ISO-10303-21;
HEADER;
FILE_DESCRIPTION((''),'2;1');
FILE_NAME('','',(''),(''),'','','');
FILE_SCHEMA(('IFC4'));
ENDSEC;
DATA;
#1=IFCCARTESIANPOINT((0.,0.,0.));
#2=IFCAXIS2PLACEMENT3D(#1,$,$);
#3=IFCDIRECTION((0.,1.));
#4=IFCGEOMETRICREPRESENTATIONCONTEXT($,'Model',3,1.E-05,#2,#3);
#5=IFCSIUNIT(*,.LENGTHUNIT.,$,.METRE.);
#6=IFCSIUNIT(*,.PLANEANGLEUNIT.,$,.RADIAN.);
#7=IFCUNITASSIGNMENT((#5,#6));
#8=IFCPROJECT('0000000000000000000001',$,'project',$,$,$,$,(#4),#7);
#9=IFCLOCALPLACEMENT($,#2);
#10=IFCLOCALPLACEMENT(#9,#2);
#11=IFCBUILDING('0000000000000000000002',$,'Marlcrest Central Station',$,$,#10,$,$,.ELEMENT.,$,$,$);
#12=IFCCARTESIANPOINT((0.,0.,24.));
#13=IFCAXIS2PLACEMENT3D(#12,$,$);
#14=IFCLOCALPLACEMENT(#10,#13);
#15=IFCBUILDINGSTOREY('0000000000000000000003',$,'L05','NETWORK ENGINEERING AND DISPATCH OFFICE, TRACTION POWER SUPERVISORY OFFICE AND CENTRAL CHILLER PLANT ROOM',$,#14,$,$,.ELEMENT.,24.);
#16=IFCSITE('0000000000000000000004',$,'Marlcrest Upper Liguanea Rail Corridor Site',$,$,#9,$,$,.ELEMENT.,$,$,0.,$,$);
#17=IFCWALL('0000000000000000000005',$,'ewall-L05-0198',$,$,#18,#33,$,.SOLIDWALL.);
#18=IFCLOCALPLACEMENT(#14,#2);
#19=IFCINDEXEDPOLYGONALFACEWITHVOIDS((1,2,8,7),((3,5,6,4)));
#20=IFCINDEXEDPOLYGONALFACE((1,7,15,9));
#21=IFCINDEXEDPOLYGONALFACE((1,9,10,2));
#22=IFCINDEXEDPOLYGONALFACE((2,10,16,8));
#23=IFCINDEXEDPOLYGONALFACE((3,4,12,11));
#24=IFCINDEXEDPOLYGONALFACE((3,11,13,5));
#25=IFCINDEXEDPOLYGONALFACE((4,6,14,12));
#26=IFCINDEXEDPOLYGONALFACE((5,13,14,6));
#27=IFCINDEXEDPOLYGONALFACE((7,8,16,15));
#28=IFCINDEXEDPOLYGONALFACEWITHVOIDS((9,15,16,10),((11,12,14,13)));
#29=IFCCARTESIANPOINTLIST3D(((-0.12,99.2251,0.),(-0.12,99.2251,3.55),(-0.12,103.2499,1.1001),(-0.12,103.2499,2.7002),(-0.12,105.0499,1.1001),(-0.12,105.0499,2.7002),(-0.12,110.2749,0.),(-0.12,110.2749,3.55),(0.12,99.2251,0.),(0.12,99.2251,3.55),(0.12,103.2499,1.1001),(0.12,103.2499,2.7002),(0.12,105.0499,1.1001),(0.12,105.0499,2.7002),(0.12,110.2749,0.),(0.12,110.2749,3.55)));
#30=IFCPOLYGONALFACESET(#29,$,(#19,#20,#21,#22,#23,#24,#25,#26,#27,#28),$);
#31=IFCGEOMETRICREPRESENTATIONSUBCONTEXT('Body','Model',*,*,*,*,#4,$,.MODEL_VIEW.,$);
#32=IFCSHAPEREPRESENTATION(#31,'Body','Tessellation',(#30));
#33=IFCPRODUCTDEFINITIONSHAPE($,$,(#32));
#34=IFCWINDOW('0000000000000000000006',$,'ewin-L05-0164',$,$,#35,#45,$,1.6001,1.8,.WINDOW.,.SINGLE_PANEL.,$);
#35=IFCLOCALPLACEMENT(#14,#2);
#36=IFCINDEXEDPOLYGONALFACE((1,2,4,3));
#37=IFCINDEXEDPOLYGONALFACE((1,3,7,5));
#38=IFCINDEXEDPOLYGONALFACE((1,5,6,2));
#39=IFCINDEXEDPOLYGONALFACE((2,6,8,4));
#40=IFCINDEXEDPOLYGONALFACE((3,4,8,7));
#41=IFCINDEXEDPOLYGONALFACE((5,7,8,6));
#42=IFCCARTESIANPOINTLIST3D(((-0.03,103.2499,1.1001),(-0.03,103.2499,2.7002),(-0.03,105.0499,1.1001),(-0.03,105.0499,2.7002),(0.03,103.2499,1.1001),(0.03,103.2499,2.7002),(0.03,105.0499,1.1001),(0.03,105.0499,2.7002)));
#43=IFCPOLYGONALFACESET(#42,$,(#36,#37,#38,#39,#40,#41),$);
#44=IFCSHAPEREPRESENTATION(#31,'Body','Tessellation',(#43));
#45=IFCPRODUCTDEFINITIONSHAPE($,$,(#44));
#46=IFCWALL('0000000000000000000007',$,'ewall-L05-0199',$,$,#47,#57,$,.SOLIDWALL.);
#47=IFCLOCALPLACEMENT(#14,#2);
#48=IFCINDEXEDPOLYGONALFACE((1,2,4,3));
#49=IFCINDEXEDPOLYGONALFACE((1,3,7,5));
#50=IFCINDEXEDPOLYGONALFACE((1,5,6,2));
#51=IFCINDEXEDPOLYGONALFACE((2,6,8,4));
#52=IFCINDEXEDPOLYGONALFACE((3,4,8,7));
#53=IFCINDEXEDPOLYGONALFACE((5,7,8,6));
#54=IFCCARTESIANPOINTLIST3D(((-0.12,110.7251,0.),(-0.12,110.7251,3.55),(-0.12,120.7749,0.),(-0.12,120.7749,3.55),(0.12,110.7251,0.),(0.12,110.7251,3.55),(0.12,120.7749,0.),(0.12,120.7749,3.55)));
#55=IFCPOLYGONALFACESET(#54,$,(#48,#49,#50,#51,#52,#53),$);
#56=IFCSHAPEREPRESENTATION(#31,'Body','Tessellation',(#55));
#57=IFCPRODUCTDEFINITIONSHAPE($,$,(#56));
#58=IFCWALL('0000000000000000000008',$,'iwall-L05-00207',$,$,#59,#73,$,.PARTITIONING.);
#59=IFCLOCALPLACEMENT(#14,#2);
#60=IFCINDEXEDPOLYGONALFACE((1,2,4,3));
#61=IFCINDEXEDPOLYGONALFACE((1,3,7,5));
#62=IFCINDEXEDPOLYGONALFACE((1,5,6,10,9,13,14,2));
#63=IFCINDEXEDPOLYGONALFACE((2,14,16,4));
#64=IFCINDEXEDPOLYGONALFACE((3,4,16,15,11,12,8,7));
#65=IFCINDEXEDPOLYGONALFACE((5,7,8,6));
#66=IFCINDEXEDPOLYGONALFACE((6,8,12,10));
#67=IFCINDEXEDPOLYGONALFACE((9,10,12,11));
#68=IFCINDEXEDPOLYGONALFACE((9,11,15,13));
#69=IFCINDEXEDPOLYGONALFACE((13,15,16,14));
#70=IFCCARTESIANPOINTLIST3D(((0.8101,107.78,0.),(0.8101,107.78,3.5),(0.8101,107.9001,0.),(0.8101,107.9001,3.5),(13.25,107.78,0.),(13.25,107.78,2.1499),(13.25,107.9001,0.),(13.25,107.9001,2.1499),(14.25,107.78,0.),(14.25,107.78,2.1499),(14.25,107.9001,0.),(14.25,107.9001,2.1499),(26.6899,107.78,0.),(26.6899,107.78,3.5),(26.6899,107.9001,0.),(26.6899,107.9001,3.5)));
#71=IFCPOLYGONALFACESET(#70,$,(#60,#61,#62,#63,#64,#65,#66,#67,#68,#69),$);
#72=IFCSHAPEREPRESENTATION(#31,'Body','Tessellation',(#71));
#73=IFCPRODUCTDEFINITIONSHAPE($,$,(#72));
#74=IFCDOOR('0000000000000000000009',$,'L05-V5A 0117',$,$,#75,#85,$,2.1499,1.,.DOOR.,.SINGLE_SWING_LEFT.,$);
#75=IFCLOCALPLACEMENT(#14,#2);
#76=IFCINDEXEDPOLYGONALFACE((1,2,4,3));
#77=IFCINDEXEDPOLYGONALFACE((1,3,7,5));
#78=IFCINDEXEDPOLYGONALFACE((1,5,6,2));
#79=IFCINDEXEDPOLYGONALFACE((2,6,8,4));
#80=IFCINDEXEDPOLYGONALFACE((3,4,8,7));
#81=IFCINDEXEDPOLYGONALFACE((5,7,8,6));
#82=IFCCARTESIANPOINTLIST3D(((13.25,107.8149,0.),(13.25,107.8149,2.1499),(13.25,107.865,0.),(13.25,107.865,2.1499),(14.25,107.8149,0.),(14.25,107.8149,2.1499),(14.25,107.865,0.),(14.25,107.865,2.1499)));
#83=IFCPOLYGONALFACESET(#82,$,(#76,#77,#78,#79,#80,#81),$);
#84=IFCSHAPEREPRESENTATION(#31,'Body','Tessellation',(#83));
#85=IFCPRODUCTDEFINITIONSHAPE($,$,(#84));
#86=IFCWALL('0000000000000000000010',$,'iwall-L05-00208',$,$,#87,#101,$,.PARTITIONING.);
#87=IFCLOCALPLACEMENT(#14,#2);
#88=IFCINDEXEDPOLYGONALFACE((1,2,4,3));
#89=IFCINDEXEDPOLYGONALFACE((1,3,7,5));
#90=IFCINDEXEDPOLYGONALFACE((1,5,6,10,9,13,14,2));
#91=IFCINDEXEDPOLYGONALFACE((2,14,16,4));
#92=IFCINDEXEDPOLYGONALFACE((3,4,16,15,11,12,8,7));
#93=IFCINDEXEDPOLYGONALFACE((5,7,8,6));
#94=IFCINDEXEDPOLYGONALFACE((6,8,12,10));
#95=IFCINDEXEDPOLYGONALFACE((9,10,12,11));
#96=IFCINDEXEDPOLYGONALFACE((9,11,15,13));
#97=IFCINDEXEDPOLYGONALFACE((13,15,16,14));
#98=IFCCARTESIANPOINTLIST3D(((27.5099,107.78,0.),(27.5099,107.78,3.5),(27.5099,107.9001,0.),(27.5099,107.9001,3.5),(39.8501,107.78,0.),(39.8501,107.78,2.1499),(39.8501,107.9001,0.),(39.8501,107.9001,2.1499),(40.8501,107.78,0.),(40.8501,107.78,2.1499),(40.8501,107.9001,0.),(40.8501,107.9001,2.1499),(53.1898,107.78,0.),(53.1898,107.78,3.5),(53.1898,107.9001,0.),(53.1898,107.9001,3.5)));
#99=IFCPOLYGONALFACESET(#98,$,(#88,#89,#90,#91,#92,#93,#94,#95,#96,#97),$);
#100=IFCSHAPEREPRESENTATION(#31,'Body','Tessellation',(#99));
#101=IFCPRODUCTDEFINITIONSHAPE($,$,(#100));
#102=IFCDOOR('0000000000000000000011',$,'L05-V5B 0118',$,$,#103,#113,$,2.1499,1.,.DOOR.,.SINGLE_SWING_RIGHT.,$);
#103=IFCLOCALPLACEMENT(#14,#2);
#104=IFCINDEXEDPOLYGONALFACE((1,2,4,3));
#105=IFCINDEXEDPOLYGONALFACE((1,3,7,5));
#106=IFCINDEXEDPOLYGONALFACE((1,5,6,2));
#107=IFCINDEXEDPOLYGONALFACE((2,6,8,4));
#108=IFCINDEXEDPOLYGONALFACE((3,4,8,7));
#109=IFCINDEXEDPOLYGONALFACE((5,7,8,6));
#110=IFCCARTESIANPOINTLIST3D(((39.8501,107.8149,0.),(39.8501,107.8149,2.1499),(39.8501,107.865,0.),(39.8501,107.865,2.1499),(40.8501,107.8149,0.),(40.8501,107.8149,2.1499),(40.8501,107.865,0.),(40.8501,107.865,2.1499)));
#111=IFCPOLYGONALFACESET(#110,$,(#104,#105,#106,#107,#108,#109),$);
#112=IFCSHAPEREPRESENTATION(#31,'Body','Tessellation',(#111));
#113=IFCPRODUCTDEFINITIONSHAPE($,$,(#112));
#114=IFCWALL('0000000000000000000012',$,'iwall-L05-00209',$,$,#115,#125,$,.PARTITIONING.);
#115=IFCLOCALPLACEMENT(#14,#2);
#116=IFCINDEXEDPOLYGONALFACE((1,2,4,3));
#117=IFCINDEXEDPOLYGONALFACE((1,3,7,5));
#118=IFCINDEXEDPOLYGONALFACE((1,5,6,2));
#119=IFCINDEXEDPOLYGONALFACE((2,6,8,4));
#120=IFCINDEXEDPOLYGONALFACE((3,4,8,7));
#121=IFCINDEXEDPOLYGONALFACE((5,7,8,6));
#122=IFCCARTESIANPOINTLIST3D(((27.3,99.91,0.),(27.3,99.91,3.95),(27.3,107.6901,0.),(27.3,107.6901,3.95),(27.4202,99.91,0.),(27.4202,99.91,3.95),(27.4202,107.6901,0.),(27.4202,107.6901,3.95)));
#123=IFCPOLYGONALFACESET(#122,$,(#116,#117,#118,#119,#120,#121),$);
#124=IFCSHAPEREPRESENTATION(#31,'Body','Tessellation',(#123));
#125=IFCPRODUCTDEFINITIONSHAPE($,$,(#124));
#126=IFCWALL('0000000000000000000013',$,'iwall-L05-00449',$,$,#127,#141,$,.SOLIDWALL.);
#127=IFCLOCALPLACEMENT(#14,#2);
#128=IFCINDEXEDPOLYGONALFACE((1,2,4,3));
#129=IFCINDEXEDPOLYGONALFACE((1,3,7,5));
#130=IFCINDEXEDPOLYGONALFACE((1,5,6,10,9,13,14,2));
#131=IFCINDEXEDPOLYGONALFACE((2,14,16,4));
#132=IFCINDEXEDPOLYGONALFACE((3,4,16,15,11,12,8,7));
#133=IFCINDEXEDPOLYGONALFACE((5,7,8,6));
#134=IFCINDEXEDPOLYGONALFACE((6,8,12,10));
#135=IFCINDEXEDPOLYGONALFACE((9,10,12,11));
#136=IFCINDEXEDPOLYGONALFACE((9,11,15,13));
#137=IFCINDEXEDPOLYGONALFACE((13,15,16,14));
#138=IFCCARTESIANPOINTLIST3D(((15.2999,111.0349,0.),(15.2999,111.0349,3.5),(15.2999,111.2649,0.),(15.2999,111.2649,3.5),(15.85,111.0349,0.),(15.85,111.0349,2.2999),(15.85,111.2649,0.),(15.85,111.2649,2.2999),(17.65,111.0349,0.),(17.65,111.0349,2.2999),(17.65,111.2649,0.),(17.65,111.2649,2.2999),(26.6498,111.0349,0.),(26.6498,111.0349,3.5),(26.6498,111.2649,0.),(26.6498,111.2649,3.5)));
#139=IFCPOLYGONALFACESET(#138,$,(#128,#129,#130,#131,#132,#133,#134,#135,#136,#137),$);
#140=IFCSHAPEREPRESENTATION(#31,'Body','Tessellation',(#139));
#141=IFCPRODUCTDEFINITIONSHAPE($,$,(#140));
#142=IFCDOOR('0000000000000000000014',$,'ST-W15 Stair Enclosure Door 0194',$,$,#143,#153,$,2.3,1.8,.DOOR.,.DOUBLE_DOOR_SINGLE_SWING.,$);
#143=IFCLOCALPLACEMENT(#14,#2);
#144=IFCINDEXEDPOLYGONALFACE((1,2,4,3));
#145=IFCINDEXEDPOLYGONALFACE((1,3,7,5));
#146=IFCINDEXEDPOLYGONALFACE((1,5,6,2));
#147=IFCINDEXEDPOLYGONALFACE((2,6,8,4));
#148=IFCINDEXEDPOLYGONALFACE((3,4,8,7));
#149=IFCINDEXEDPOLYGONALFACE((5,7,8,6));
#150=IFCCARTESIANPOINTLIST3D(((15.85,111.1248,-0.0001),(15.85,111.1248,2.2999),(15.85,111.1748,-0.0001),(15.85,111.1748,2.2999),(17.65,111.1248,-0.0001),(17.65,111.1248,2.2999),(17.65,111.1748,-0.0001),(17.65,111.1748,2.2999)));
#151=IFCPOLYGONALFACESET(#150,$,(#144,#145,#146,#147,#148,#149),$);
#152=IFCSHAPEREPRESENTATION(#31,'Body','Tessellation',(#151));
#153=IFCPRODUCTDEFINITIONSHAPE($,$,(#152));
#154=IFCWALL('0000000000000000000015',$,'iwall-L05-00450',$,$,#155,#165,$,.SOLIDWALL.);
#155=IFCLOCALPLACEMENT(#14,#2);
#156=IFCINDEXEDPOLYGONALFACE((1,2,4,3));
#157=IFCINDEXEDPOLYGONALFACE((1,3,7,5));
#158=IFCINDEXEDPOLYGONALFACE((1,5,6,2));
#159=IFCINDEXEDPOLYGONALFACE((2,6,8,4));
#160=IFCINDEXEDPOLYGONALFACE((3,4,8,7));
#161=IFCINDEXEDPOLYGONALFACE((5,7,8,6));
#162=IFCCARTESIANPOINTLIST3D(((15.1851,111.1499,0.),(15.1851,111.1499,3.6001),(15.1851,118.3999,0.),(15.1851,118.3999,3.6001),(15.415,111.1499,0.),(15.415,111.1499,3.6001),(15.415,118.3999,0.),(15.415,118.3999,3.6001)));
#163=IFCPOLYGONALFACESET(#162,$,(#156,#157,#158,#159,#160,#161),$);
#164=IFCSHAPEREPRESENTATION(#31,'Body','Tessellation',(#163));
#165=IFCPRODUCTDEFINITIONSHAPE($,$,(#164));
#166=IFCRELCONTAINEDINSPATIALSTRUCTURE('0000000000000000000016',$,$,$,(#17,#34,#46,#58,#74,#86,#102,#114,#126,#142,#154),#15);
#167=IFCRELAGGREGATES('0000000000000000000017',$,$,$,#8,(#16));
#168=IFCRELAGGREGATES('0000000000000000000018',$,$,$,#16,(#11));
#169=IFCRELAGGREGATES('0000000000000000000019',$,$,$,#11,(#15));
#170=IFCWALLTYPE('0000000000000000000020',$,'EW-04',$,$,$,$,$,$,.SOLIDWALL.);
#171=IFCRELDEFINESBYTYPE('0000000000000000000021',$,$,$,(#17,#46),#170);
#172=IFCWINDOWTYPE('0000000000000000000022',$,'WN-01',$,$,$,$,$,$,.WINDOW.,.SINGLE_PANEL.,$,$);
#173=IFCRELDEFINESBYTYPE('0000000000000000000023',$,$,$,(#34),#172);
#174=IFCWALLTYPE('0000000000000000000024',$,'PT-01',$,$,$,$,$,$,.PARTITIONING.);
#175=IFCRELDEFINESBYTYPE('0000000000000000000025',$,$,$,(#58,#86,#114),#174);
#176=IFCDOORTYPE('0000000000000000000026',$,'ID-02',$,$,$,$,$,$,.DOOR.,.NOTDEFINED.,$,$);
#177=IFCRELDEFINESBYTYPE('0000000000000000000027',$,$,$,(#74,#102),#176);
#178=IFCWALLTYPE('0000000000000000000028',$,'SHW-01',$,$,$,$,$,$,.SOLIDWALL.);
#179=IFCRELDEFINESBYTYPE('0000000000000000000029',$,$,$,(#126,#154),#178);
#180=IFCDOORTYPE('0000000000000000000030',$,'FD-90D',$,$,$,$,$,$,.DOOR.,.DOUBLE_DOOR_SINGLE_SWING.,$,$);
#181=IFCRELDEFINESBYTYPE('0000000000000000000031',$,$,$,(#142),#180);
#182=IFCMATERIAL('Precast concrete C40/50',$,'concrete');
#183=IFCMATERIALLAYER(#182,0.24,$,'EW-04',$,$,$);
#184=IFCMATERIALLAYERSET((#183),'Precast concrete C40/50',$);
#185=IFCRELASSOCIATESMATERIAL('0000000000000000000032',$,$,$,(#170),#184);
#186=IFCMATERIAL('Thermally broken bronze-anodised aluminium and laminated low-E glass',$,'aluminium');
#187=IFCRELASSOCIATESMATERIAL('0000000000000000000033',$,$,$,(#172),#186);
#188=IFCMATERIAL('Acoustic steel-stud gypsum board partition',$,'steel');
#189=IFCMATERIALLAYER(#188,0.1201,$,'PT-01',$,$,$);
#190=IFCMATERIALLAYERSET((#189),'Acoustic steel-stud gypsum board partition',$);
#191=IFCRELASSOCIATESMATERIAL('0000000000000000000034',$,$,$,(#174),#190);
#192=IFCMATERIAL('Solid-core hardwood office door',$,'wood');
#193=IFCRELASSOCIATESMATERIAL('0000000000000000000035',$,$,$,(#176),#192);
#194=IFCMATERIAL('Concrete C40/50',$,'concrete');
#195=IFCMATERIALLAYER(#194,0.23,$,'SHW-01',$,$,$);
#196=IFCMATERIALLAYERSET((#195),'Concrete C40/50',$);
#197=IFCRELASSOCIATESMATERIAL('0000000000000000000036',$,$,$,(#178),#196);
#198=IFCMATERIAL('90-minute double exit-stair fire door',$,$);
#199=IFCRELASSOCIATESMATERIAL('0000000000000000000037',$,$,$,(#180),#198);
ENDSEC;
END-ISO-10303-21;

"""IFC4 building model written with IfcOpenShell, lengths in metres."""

from ifc_helpers import new_model, si_unit, direction, frame, frame_2d, origin, place, context, subcontext, project, spatial, rectangle, extrude, material, layer, layer_set, type_object, element, fill, save


model = new_model("IFC4")

# Units and contexts
model_context = context("Model", 3, precision=1e-05, world=origin(), true_north=direction((0.0, 1.0)))
body_context = subcontext(model_context, "Body", "Model", "MODEL_VIEW")
ifc_project = project(units=[si_unit("LENGTHUNIT", "METRE"), si_unit("PLANEANGLEUNIT", "RADIAN")], contexts=[model_context])

# Site, building, storey
site_placement = place(None, origin())
site = spatial("IfcSite", under=ifc_project, at=site_placement, Name="Marlcrest Upper Liguanea Rail Corridor Site", CompositionType="ELEMENT", RefElevation=0.0)
building_placement = place(site_placement, origin())
building = spatial("IfcBuilding", under=site, at=building_placement, Name="Marlcrest Central Station", CompositionType="ELEMENT")
storey_placement = place(building_placement, frame((0.0, 0.0, 24.0)))
storey = spatial("IfcBuildingStorey", under=building, at=storey_placement, Name="L05", Description="NETWORK ENGINEERING AND DISPATCH OFFICE, TRACTION POWER SUPERVISORY OFFICE AND CENTRAL CHILLER PLANT ROOM", CompositionType="ELEMENT", Elevation=24.0)

# Shared definitions
ifc_material_1 = material(Name="Concrete C40/50", Category="concrete")

# Wall, opening, window
ifc_material_2 = material(Name="Precast concrete C40/50", Category="concrete")
ifc_layer_1 = layer(ifc_material_2, 0.24, Name="EW-04")
ifc_layer_set_1 = layer_set([ifc_layer_1], Name="Precast concrete C40/50")
wall_type_1 = type_object("IfcWallType", Name="EW-04", PredefinedType="SOLIDWALL", material=ifc_layer_set_1)
wall_1_placement = place(storey_placement, frame((0.0, 99.2251, 0.0), z_axis=(0.0, 0.0, 1.0), x_axis=(0.0, 1.0, 0.0)))
wall_1 = element("IfcWall", 1, at=wall_1_placement, inside=storey, type_object=wall_type_1, Name="ewall-L05-0198", PredefinedType="SOLIDWALL", context=body_context, shape_type="SweptSolid", body=[
    extrude(rectangle(XDim=11.0498, YDim=0.24, at=frame_2d((5.5249, 0.0))), origin(), (0.0, 0.0, 1.0), 3.55),
])
opening_1_placement = place(wall_1_placement, frame((4.0249, 0.0, 1.1001)))
opening_1 = element("IfcOpeningElement", 2, at=opening_1_placement, cuts=wall_1, PredefinedType="OPENING", context=body_context, shape_type="SweptSolid", body=[
    extrude(rectangle(XDim=1.8, YDim=1.6001, at=frame_2d((0.8999, 0.8))), frame((0.0, 0.1299, 0.0), z_axis=(0.0, -1.0, 0.0), x_axis=(1.0, 0.0, 0.0)), (0.0, 0.0, 1.0), 0.26),
])
ifc_material_3 = material(Name="Thermally broken bronze-anodised aluminium and laminated low-E glass", Category="aluminium")
window_type = type_object("IfcWindowType", Name="WN-01", PartitioningType="SINGLE_PANEL", PredefinedType="WINDOW", material=ifc_material_3)
window_placement = place(opening_1_placement, origin())
window = element("IfcWindow", 3, at=window_placement, inside=storey, type_object=window_type, Name="ewin-L05-0164", OverallHeight=1.6001, OverallWidth=1.8, PartitioningType="SINGLE_PANEL", PredefinedType="WINDOW", context=body_context, shape_type="SweptSolid", body=[
    extrude(rectangle(XDim=1.8, YDim=1.6001, at=frame_2d((0.8999, 0.8))), frame((0.0, 0.03, 0.0), z_axis=(0.0, -1.0, 0.0), x_axis=(1.0, 0.0, 0.0)), (0.0, 0.0, 1.0), 0.0601),
])
fill(opening_1, window)

# Wall
wall_2_placement = place(storey_placement, frame((0.0, 110.7251, 0.0), z_axis=(0.0, 0.0, 1.0), x_axis=(0.0, 1.0, 0.0)))
element("IfcWall", 4, at=wall_2_placement, inside=storey, type_object=wall_type_1, Name="ewall-L05-0199", PredefinedType="SOLIDWALL", context=body_context, shape_type="SweptSolid", body=[
    extrude(rectangle(XDim=10.0498, YDim=0.24, at=frame_2d((5.0249, 0.0))), origin(), (0.0, 0.0, 1.0), 3.55),
])

# Walls, openings, doors
ifc_material_4 = material(Name="Acoustic steel-stud gypsum board partition", Category="steel")
ifc_layer_2 = layer(ifc_material_4, 0.1201, Name="PT-01")
ifc_layer_set_2 = layer_set([ifc_layer_2], Name="Acoustic steel-stud gypsum board partition")
wall_type_2 = type_object("IfcWallType", Name="PT-01", PredefinedType="PARTITIONING", material=ifc_layer_set_2)
wall_3_placement = place(storey_placement, frame((0.8101, 107.8401, 0.0), z_axis=(0.0, 0.0, 1.0), x_axis=(1.0, 0.0, 0.0)))
wall_3 = element("IfcWall", 5, at=wall_3_placement, inside=storey, type_object=wall_type_2, Name="iwall-L05-00207", PredefinedType="PARTITIONING", context=body_context, shape_type="SweptSolid", body=[
    extrude(rectangle(XDim=25.8799, YDim=0.1201, at=frame_2d((12.9399, 0.0))), origin(), (0.0, 0.0, 1.0), 3.5),
])
opening_2_placement = place(wall_3_placement, frame((12.4399, 0.0, 0.0)))
opening_2 = element("IfcOpeningElement", 6, at=opening_2_placement, cuts=wall_3, PredefinedType="OPENING", context=body_context, shape_type="SweptSolid", body=[
    extrude(rectangle(XDim=1.0, YDim=2.1499, at=frame_2d((0.5, 1.075))), frame((0.0, 0.0701, 0.0), z_axis=(0.0, -1.0, 0.0), x_axis=(1.0, 0.0, 0.0)), (0.0, 0.0, 1.0), 0.1401),
])
ifc_material_5 = material(Name="Solid-core hardwood office door", Category="wood")
door_type_1 = type_object("IfcDoorType", Name="ID-02", OperationType="NOTDEFINED", PredefinedType="DOOR", material=ifc_material_5)
door_1_placement = place(opening_2_placement, origin())
door_1 = element("IfcDoor", 7, at=door_1_placement, inside=storey, type_object=door_type_1, Name="L05-V5A 0117", OperationType="SINGLE_SWING_LEFT", OverallHeight=2.1499, OverallWidth=1.0, PredefinedType="DOOR", context=body_context, shape_type="SweptSolid", body=[
    extrude(rectangle(XDim=1.0, YDim=2.1499, at=frame_2d((0.5, 1.075))), frame((0.0, 0.0249, 0.0), z_axis=(0.0, -1.0, 0.0), x_axis=(1.0, 0.0, 0.0)), (0.0, 0.0, 1.0), 0.05),
])
fill(opening_2, door_1)
wall_4_placement = place(storey_placement, frame((27.51, 107.8401, 0.0), z_axis=(0.0, 0.0, 1.0), x_axis=(1.0, 0.0, 0.0)))
wall_4 = element("IfcWall", 8, at=wall_4_placement, inside=storey, type_object=wall_type_2, Name="iwall-L05-00208", PredefinedType="PARTITIONING", context=body_context, shape_type="SweptSolid", body=[
    extrude(rectangle(XDim=25.6799, YDim=0.1201, at=frame_2d((12.8398, 0.0))), origin(), (0.0, 0.0, 1.0), 3.5),
])
opening_3_placement = place(wall_4_placement, frame((12.3401, 0.0, 0.0)))
opening_3 = element("IfcOpeningElement", 9, at=opening_3_placement, cuts=wall_4, PredefinedType="OPENING", context=body_context, shape_type="SweptSolid", body=[
    extrude(rectangle(XDim=1.0, YDim=2.1499, at=frame_2d((0.5, 1.075))), frame((0.0, 0.0701, 0.0), z_axis=(0.0, -1.0, 0.0), x_axis=(1.0, 0.0, 0.0)), (0.0, 0.0, 1.0), 0.1401),
])
door_2_placement = place(opening_3_placement, origin())
door_2 = element("IfcDoor", 10, at=door_2_placement, inside=storey, type_object=door_type_1, Name="L05-V5B 0118", OperationType="SINGLE_SWING_RIGHT", OverallHeight=2.1499, OverallWidth=1.0, PredefinedType="DOOR", context=body_context, shape_type="SweptSolid", body=[
    extrude(rectangle(XDim=1.0, YDim=2.1499, at=frame_2d((0.5, 1.075))), frame((0.0, 0.0249, 0.0), z_axis=(0.0, -1.0, 0.0), x_axis=(1.0, 0.0, 0.0)), (0.0, 0.0, 1.0), 0.05),
])
fill(opening_3, door_2)

# Wall
wall_5_placement = place(storey_placement, frame((27.3601, 99.9099, 0.0), z_axis=(0.0, 0.0, 1.0), x_axis=(0.0, 1.0, 0.0)))
element("IfcWall", 11, at=wall_5_placement, inside=storey, type_object=wall_type_2, Name="iwall-L05-00209", PredefinedType="PARTITIONING", context=body_context, shape_type="SweptSolid", body=[
    extrude(rectangle(XDim=7.78, YDim=0.1201, at=frame_2d((3.8901, 0.0))), origin(), (0.0, 0.0, 1.0), 3.95),
])

# Wall, opening, door
ifc_layer_3 = layer(ifc_material_1, 0.23, Name="SHW-01")
ifc_layer_set_3 = layer_set([ifc_layer_3], Name="Concrete C40/50")
wall_type_3 = type_object("IfcWallType", Name="SHW-01", PredefinedType="SOLIDWALL", material=ifc_layer_set_3)
wall_6_placement = place(storey_placement, frame((15.3, 111.1499, 0.0), z_axis=(0.0, 0.0, 1.0), x_axis=(1.0, 0.0, 0.0)))
wall_6 = element("IfcWall", 12, at=wall_6_placement, inside=storey, type_object=wall_type_3, Name="iwall-L05-00449", PredefinedType="SOLIDWALL", context=body_context, shape_type="SweptSolid", body=[
    extrude(rectangle(XDim=11.3499, YDim=0.23, at=frame_2d((5.6748, 0.0))), origin(), (0.0, 0.0, 1.0), 3.5),
])
opening_4_placement = place(wall_6_placement, frame((0.55, 0.0, 0.0)))
opening_4 = element("IfcOpeningElement", 13, at=opening_4_placement, cuts=wall_6, PredefinedType="OPENING", context=body_context, shape_type="SweptSolid", body=[
    extrude(rectangle(XDim=1.8, YDim=2.3, at=frame_2d((0.8999, 1.1499))), frame((0.0, 0.125, 0.0), z_axis=(0.0, -1.0, 0.0), x_axis=(1.0, 0.0, 0.0)), (0.0, 0.0, 1.0), 0.25),
])
ifc_material_6 = material(Name="90-minute double exit-stair fire door")
door_type_2 = type_object("IfcDoorType", Name="FD-90D", OperationType="DOUBLE_DOOR_SINGLE_SWING", PredefinedType="DOOR", material=ifc_material_6)
door_3_placement = place(opening_4_placement, origin())
door_3 = element("IfcDoor", 14, at=door_3_placement, inside=storey, type_object=door_type_2, Name="ST-W15 Stair Enclosure Door 0194", OperationType="DOUBLE_DOOR_SINGLE_SWING", OverallHeight=2.3, OverallWidth=1.8, PredefinedType="DOOR", context=body_context, shape_type="SweptSolid", body=[
    extrude(rectangle(XDim=1.8, YDim=2.3, at=frame_2d((0.8999, 1.1499))), frame((0.0, 0.0249, 0.0), z_axis=(0.0, -1.0, 0.0), x_axis=(1.0, 0.0, 0.0)), (0.0, 0.0, 1.0), 0.05),
])
fill(opening_4, door_3)

# Wall
wall_7_placement = place(storey_placement, frame((15.3, 111.1499, 0.0), z_axis=(0.0, 0.0, 1.0), x_axis=(0.0, 1.0, 0.0)))
element("IfcWall", 15, at=wall_7_placement, inside=storey, type_object=wall_type_3, Name="iwall-L05-00450", PredefinedType="SOLIDWALL", context=body_context, shape_type="SweptSolid", body=[
    extrude(rectangle(XDim=7.25, YDim=0.23, at=frame_2d((3.625, 0.0))), origin(), (0.0, 0.0, 1.0), 3.6001),
])

save(model, "model.ifc")
